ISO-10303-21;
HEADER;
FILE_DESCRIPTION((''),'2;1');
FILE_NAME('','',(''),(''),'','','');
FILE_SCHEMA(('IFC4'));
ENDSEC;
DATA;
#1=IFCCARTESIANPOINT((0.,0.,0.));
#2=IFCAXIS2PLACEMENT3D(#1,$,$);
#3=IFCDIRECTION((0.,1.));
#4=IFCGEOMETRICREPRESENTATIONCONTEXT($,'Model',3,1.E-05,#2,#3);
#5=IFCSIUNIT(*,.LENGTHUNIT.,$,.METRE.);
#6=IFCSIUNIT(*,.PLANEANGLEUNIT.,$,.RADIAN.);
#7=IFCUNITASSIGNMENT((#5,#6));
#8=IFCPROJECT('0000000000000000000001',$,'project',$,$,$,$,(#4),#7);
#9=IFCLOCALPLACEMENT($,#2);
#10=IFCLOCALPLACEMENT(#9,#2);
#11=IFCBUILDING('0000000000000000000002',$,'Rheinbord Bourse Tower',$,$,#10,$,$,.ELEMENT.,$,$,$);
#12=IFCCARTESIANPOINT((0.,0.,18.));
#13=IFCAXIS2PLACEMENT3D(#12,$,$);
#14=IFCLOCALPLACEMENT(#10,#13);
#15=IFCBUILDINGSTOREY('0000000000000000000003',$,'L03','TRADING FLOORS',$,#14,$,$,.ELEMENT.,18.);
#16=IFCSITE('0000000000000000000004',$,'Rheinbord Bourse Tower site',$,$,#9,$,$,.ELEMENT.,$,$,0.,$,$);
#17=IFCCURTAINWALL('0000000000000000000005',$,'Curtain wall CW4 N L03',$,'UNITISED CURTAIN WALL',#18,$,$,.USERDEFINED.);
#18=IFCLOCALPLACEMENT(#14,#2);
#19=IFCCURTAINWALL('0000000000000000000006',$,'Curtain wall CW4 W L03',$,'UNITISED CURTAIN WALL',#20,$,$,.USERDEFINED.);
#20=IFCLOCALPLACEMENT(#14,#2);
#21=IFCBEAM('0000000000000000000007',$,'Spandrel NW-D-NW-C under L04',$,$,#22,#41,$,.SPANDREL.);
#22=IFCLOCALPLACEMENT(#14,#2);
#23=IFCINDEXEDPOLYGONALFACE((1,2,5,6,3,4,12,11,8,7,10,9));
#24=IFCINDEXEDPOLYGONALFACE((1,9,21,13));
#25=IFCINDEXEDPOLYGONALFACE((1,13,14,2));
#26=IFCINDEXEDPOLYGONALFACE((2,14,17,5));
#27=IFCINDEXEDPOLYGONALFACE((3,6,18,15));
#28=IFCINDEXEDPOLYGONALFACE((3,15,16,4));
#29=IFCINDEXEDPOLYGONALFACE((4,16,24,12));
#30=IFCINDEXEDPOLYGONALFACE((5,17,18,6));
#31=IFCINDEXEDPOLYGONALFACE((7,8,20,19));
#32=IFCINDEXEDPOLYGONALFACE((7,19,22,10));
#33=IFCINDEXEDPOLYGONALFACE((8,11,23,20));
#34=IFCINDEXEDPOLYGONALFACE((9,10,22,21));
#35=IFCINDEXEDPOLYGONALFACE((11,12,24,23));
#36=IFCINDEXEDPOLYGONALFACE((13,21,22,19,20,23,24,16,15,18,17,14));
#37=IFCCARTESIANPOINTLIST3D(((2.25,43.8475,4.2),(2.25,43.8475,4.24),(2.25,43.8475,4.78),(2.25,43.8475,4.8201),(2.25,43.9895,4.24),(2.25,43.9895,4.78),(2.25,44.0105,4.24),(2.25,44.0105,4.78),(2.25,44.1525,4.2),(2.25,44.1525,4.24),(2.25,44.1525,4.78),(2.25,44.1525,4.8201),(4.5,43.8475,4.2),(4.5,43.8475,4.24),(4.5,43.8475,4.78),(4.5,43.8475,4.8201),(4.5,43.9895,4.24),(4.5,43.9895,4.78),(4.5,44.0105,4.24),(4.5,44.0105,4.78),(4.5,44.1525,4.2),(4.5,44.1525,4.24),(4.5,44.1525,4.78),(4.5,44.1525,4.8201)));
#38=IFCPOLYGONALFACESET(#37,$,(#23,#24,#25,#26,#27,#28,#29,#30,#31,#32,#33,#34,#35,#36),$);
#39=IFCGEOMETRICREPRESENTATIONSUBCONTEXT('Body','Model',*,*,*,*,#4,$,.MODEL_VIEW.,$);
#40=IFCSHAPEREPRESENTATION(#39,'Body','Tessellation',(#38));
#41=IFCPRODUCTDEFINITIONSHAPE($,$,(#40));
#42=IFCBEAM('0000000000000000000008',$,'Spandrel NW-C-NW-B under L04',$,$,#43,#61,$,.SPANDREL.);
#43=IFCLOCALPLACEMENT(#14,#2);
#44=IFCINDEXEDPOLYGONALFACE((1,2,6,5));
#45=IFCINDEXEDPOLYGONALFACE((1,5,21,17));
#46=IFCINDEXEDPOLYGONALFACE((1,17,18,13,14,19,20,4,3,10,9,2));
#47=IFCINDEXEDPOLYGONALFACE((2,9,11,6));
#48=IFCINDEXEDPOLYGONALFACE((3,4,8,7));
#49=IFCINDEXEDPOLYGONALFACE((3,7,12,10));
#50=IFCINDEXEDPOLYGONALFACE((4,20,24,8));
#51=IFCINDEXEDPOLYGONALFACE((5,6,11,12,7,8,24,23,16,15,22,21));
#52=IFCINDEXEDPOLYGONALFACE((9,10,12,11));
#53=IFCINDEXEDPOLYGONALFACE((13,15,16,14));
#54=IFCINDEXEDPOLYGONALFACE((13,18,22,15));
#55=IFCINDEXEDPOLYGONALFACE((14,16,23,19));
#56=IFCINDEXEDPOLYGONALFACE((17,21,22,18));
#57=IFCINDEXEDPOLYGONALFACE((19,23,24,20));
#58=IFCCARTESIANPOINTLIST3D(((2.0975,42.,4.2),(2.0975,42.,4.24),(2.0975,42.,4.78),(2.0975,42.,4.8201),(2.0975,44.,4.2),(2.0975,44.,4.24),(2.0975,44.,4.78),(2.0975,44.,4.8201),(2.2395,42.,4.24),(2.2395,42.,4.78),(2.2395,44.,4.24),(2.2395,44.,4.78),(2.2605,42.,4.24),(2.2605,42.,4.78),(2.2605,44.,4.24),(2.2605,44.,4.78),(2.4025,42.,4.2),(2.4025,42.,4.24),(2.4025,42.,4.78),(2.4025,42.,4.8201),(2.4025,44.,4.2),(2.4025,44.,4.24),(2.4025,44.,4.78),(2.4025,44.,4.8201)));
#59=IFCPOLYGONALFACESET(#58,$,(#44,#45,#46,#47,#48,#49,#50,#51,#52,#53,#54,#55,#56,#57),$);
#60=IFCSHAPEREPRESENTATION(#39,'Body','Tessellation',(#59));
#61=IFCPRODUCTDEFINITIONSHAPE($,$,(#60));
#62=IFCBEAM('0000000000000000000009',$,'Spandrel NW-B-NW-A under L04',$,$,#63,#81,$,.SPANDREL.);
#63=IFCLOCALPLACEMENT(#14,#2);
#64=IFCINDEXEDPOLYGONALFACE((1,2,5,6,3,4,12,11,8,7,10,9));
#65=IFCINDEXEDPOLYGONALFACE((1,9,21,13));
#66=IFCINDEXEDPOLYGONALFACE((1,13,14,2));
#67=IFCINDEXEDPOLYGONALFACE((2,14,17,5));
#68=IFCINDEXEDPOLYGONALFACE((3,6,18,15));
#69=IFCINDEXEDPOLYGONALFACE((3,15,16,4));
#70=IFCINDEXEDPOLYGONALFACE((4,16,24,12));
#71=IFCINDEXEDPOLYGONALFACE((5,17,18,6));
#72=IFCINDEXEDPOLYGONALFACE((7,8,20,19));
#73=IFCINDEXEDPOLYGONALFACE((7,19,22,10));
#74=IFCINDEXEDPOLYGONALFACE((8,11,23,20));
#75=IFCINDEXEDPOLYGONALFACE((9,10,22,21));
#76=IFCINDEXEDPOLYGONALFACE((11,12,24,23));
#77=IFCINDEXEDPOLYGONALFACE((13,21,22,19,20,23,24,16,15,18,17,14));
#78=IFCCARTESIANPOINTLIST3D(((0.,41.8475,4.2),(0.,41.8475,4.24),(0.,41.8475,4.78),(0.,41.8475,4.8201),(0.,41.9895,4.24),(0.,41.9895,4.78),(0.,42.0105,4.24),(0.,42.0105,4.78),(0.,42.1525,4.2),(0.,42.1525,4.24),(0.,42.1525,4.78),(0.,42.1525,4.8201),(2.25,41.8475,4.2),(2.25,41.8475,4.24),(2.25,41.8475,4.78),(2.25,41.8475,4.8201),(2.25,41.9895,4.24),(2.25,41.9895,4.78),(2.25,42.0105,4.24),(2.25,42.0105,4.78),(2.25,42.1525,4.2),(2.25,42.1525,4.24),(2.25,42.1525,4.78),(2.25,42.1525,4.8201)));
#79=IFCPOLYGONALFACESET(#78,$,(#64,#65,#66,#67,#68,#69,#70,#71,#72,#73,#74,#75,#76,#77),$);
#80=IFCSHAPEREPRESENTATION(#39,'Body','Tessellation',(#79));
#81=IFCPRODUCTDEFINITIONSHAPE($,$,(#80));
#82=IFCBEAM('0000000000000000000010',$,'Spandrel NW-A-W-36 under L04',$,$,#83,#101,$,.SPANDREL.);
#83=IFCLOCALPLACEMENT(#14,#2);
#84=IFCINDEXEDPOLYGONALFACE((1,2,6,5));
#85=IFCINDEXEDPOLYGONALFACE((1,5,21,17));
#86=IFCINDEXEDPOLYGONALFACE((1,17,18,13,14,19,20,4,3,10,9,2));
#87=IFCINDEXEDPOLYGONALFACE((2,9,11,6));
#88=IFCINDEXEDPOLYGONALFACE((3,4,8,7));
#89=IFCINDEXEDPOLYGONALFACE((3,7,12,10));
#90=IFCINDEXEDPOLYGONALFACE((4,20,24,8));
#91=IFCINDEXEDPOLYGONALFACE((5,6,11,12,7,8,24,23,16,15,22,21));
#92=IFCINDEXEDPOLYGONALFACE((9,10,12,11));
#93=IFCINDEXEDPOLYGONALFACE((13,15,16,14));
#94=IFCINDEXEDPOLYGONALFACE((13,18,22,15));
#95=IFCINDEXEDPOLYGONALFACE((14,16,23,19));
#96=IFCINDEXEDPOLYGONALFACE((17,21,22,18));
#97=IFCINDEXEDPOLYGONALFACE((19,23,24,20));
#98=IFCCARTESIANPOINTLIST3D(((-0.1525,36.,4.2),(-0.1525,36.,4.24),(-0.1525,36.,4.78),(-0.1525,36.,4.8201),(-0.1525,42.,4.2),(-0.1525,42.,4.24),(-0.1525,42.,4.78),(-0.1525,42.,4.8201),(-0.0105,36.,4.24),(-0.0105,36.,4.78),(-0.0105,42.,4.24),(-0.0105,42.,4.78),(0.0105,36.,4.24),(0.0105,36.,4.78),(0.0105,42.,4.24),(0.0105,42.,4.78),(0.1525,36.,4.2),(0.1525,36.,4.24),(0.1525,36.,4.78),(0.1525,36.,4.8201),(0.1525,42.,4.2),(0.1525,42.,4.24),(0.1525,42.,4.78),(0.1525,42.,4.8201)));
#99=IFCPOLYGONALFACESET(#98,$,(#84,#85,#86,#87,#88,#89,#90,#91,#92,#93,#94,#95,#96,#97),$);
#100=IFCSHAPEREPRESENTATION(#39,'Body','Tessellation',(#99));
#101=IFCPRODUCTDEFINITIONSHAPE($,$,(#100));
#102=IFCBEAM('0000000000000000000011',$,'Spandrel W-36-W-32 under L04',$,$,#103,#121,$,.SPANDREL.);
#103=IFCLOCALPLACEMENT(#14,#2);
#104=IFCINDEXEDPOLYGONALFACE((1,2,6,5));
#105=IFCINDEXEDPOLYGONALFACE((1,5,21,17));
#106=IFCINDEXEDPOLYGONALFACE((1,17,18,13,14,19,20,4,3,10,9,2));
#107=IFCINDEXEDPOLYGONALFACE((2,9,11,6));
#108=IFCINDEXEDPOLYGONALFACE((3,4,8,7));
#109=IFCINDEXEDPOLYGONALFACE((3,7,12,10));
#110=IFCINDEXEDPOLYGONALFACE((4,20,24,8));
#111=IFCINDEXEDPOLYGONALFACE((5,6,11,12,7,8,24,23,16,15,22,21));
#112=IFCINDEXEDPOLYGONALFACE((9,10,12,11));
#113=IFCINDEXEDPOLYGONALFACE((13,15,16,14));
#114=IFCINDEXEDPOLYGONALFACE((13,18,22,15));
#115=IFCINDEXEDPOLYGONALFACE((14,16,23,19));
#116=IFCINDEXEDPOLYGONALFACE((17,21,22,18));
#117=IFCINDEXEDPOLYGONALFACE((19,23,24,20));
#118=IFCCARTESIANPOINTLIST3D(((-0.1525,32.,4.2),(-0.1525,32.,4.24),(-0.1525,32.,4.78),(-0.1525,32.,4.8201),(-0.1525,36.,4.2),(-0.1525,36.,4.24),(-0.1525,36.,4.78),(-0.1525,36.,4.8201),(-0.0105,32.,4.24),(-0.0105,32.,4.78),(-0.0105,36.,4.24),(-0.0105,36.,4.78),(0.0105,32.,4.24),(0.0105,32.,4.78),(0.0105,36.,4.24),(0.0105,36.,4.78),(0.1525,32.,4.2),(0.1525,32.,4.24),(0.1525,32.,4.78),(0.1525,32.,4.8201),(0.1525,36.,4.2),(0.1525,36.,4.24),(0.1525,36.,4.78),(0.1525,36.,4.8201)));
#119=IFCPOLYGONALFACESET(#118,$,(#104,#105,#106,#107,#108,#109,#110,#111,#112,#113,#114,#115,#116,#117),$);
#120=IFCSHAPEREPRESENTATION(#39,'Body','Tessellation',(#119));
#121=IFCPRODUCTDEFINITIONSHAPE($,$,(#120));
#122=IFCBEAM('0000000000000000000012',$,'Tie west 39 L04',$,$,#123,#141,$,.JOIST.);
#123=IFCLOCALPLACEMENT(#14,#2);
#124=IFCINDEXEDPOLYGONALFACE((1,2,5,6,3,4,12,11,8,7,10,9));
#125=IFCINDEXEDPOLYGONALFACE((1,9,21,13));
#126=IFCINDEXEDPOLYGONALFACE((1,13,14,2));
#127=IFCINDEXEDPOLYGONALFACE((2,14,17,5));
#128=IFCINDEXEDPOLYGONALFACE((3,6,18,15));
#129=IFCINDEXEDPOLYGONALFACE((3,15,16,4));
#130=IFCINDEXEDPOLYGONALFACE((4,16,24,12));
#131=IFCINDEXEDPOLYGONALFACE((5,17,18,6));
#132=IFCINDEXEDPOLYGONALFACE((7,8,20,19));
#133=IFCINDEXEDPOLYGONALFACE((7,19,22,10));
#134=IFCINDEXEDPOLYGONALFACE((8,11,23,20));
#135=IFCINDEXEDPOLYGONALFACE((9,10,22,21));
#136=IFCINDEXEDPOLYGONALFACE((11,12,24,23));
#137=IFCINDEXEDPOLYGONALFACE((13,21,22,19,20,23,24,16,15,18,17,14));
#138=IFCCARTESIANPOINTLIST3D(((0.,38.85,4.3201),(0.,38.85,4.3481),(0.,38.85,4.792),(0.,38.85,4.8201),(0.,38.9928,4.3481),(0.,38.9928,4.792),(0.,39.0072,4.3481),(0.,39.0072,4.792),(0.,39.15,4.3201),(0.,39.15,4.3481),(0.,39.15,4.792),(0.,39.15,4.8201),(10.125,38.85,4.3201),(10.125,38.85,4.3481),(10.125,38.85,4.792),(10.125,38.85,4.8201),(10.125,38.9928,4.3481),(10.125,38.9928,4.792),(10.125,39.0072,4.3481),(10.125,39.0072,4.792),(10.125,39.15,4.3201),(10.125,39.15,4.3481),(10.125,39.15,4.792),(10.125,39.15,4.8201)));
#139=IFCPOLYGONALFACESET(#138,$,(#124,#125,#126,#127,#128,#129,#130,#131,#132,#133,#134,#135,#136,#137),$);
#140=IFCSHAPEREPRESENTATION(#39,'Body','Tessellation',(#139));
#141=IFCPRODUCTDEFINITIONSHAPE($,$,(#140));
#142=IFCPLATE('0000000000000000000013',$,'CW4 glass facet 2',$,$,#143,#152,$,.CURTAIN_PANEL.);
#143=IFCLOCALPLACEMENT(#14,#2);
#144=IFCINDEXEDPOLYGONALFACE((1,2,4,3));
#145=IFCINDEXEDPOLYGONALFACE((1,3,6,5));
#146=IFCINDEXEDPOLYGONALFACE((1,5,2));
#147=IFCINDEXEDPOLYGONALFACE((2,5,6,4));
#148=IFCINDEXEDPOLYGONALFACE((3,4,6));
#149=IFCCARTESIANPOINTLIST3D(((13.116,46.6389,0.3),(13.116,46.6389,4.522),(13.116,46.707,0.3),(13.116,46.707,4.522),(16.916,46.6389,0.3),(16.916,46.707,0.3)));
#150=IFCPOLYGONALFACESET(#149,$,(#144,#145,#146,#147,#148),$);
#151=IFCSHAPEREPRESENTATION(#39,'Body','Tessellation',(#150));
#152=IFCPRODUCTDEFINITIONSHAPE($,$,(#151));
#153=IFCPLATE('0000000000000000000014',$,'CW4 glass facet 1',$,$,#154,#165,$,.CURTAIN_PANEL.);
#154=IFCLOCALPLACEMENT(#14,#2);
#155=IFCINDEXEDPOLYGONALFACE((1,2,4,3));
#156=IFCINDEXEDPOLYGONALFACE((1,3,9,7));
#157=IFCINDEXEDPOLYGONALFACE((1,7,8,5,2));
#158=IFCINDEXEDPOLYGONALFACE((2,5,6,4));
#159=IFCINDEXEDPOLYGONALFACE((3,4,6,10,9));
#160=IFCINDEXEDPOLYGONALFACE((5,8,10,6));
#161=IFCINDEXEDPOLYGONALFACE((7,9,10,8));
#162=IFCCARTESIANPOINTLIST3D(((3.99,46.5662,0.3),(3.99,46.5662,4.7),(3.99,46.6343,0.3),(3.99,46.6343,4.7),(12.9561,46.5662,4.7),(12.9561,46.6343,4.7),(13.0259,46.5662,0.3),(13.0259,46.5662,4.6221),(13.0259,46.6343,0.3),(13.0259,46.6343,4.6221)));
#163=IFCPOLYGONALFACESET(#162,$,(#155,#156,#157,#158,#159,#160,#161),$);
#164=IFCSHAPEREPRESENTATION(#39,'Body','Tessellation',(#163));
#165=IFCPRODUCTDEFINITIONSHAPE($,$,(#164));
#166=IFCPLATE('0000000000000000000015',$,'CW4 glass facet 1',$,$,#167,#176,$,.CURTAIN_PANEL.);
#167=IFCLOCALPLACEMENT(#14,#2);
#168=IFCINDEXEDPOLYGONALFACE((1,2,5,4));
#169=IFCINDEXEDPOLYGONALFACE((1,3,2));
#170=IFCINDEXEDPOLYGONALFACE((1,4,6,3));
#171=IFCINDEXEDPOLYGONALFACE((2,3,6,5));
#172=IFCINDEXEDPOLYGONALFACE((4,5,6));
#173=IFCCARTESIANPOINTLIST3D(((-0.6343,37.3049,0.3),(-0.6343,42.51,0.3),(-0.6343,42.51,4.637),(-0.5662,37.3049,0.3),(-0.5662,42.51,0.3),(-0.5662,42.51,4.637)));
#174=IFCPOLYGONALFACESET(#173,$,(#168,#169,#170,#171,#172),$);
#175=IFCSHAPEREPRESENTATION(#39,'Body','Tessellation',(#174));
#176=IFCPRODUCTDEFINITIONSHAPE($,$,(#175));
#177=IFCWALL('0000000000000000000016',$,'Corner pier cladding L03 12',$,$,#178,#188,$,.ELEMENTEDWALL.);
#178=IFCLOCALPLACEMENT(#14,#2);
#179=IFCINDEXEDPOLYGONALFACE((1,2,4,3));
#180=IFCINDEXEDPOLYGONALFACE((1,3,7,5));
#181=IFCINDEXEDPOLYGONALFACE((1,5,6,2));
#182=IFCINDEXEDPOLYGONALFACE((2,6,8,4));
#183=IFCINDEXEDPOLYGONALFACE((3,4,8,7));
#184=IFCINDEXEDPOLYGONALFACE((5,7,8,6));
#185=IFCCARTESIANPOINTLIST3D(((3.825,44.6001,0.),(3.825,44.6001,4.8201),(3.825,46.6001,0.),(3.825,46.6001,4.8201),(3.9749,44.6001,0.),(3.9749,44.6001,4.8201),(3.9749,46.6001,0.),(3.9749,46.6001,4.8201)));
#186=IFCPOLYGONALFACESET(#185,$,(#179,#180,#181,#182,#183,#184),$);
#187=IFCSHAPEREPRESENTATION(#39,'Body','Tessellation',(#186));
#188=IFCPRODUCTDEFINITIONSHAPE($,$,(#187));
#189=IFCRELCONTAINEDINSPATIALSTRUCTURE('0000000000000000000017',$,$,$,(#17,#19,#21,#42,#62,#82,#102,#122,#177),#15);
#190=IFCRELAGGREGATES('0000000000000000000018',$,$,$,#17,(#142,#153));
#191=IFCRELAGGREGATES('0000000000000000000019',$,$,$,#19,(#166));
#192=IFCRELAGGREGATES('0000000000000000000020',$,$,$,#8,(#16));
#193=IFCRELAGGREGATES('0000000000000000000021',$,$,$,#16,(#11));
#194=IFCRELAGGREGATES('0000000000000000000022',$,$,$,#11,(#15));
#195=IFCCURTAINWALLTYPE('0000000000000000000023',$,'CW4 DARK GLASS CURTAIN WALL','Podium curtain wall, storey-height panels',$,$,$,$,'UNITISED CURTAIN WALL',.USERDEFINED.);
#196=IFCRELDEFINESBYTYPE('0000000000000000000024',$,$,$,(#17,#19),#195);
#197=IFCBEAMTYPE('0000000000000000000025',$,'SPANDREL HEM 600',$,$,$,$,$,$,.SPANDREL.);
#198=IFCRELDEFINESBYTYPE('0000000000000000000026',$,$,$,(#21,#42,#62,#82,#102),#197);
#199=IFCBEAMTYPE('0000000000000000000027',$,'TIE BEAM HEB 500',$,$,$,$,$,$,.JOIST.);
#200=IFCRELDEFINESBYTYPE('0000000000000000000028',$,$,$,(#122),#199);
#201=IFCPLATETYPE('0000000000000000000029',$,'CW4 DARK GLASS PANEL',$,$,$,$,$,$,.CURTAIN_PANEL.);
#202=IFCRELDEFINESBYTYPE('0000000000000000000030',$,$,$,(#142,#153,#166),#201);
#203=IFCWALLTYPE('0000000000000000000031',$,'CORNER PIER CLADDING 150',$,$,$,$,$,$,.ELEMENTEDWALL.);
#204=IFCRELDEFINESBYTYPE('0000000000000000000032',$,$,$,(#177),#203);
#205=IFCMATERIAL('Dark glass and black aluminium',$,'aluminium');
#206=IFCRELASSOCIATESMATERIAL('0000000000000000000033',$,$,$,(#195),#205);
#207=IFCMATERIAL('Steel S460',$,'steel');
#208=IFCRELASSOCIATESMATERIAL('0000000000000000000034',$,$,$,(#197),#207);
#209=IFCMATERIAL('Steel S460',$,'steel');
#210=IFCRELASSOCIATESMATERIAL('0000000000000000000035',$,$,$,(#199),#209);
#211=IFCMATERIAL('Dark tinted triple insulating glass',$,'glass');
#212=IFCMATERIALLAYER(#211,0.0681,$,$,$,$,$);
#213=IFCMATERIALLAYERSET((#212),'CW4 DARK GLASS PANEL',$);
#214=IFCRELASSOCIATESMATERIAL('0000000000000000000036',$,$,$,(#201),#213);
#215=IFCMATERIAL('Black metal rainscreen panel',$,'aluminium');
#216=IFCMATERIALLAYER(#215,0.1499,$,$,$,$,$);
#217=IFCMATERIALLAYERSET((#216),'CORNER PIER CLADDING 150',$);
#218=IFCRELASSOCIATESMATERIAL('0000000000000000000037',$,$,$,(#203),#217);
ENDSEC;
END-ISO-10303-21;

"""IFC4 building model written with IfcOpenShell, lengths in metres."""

from ifc_helpers import new_model, si_unit, direction, frame, frame_2d, origin, origin_2d, place, context, subcontext, project, spatial, polyline, rectangle, i_section, outline, extrude, material, layer, layer_set, material_profile, profile_set, type_object, element, aggregate, save


model = new_model("IFC4")

# Units and contexts
model_context = context("Model", 3, precision=1e-05, world=origin(), true_north=direction((0.0, 1.0)))
body_context = subcontext(model_context, "Body", "Model", "MODEL_VIEW")
ifc_project = project(units=[si_unit("LENGTHUNIT", "METRE"), si_unit("PLANEANGLEUNIT", "RADIAN")], contexts=[model_context])

# Site, building, storey
site_placement = place(None, origin())
site = spatial("IfcSite", under=ifc_project, at=site_placement, Name="Rheinbord Bourse Tower site", CompositionType="ELEMENT", RefElevation=0.0)
building_placement = place(site_placement, origin())
building = spatial("IfcBuilding", under=site, at=building_placement, Name="Rheinbord Bourse Tower", CompositionType="ELEMENT")
storey_placement = place(building_placement, frame((0.0, 0.0, 18.0)))
storey = spatial("IfcBuildingStorey", under=building, at=storey_placement, Name="L03", Description="TRADING FLOORS", CompositionType="ELEMENT", Elevation=18.0)

# Curtain wall
ifc_material_1 = material(Name="Dark glass and black aluminium", Category="aluminium")
curtain_wall_type = type_object("IfcCurtainWallType", Name="CW4 DARK GLASS CURTAIN WALL", Description="Podium curtain wall, storey-height panels", ElementType="UNITISED CURTAIN WALL", PredefinedType="USERDEFINED", material=ifc_material_1)
curtain_wall_1_placement = place(storey_placement, origin())
curtain_wall_1 = element("IfcCurtainWall", 1, at=curtain_wall_1_placement, inside=storey, type_object=curtain_wall_type, Name="Curtain wall CW4 N L03", ObjectType="UNITISED CURTAIN WALL", PredefinedType="USERDEFINED")

# Curtain wall
curtain_wall_2_placement = place(storey_placement, origin())
curtain_wall_2 = element("IfcCurtainWall", 2, at=curtain_wall_2_placement, inside=storey, type_object=curtain_wall_type, Name="Curtain wall CW4 W L03", ObjectType="UNITISED CURTAIN WALL", PredefinedType="USERDEFINED")

# Beams
ifc_material_2 = material(Name="Steel S460", Category="steel")
ifc_material_profile_1 = material_profile(ifc_material_2, i_section(OverallWidth=0.3049, OverallDepth=0.6201, WebThickness=0.021, FlangeThickness=0.04, at=origin_2d()), Name="HEM 600")
ifc_profile_set_1 = profile_set([ifc_material_profile_1], Name="Steel S460")
beam_type_1 = type_object("IfcBeamType", Name="SPANDREL HEM 600", PredefinedType="SPANDREL", material=ifc_profile_set_1)
beam_1_placement = place(storey_placement, frame((4.5, 44.0, 4.51), z_axis=(-1.0, 0.0, 0.0), x_axis=(0.0, -1.0, 0.0)))
element("IfcBeam", 3, at=beam_1_placement, inside=storey, type_object=beam_type_1, Name="Spandrel NW-D-NW-C under L04", PredefinedType="SPANDREL", context=body_context, shape_type="SweptSolid", body=[
    extrude(i_section(OverallWidth=0.3049, OverallDepth=0.6201, WebThickness=0.021, FlangeThickness=0.04, at=origin_2d()), origin(), (0.0, 0.0, 1.0), 2.25),
])
beam_2_placement = place(storey_placement, frame((2.25, 44.0, 4.51), z_axis=(0.0, -1.0, 0.0), x_axis=(1.0, 0.0, 0.0)))
element("IfcBeam", 4, at=beam_2_placement, inside=storey, type_object=beam_type_1, Name="Spandrel NW-C-NW-B under L04", PredefinedType="SPANDREL", context=body_context, shape_type="SweptSolid", body=[
    extrude(i_section(OverallWidth=0.3049, OverallDepth=0.6201, WebThickness=0.021, FlangeThickness=0.04, at=origin_2d()), origin(), (0.0, 0.0, 1.0), 2.0),
])
beam_3_placement = place(storey_placement, frame((2.25, 42.0, 4.51), z_axis=(-1.0, 0.0, 0.0), x_axis=(0.0, -1.0, 0.0)))
element("IfcBeam", 5, at=beam_3_placement, inside=storey, type_object=beam_type_1, Name="Spandrel NW-B-NW-A under L04", PredefinedType="SPANDREL", context=body_context, shape_type="SweptSolid", body=[
    extrude(i_section(OverallWidth=0.3049, OverallDepth=0.6201, WebThickness=0.021, FlangeThickness=0.04, at=origin_2d()), origin(), (0.0, 0.0, 1.0), 2.25),
])
beam_4_placement = place(storey_placement, frame((0.0, 42.0, 4.51), z_axis=(0.0, -1.0, 0.0), x_axis=(1.0, 0.0, 0.0)))
element("IfcBeam", 6, at=beam_4_placement, inside=storey, type_object=beam_type_1, Name="Spandrel NW-A-W-36 under L04", PredefinedType="SPANDREL", context=body_context, shape_type="SweptSolid", body=[
    extrude(i_section(OverallWidth=0.3049, OverallDepth=0.6201, WebThickness=0.021, FlangeThickness=0.04, at=origin_2d()), origin(), (0.0, 0.0, 1.0), 6.0),
])
beam_5_placement = place(storey_placement, frame((0.0, 36.0, 4.51), z_axis=(0.0, -1.0, 0.0), x_axis=(1.0, 0.0, 0.0)))
element("IfcBeam", 7, at=beam_5_placement, inside=storey, type_object=beam_type_1, Name="Spandrel W-36-W-32 under L04", PredefinedType="SPANDREL", context=body_context, shape_type="SweptSolid", body=[
    extrude(i_section(OverallWidth=0.3049, OverallDepth=0.6201, WebThickness=0.021, FlangeThickness=0.04, at=origin_2d()), origin(), (0.0, 0.0, 1.0), 4.0),
])
ifc_material_3 = material(Name="Steel S460", Category="steel")
ifc_material_profile_2 = material_profile(ifc_material_3, i_section(OverallWidth=0.3, OverallDepth=0.5, WebThickness=0.0144, FlangeThickness=0.0281, at=origin_2d()), Name="HEB 500")
ifc_profile_set_2 = profile_set([ifc_material_profile_2], Name="Steel S460")
beam_type_2 = type_object("IfcBeamType", Name="TIE BEAM HEB 500", PredefinedType="JOIST", material=ifc_profile_set_2)
beam_6_placement = place(storey_placement, frame((0.0, 39.0, 4.5701), z_axis=(1.0, 0.0, 0.0), x_axis=(0.0, 1.0, 0.0)))
element("IfcBeam", 8, at=beam_6_placement, inside=storey, type_object=beam_type_2, Name="Tie west 39 L04", PredefinedType="JOIST", context=body_context, shape_type="SweptSolid", body=[
    extrude(i_section(OverallWidth=0.3, OverallDepth=0.5, WebThickness=0.0144, FlangeThickness=0.0281, at=origin_2d()), origin(), (0.0, 0.0, 1.0), 10.125),
])

# Plates
ifc_material_4 = material(Name="Dark tinted triple insulating glass", Category="glass")
ifc_layer_1 = layer(ifc_material_4, 0.0681)
ifc_layer_set_1 = layer_set([ifc_layer_1], Name="CW4 DARK GLASS PANEL")
plate_type = type_object("IfcPlateType", Name="CW4 DARK GLASS PANEL", PredefinedType="CURTAIN_PANEL", material=ifc_layer_set_1)
plate_1_placement = place(storey_placement, frame((13.116, 46.707, 0.3), z_axis=(0.0, -1.0, 0.0), x_axis=(1.0, 0.0, 0.0)))
plate_1 = element("IfcPlate", 9, at=plate_1_placement, type_object=plate_type, Name="CW4 glass facet 2", PredefinedType="CURTAIN_PANEL", context=body_context, shape_type="SweptSolid", body=[
    extrude(outline(polyline([(0.0, 0.0), (3.8, 0.0), (0.0, 4.2219), (0.0, 0.0)])), origin(), (0.0, 0.0, 1.0), 0.0681),
])
plate_2_placement = place(storey_placement, frame((3.99, 46.6343, 4.7), z_axis=(0.0, -1.0, 0.0), x_axis=(0.0, 0.0, -1.0)))
plate_2 = element("IfcPlate", 10, at=plate_2_placement, type_object=plate_type, Name="CW4 glass facet 1", PredefinedType="CURTAIN_PANEL", context=body_context, shape_type="SweptSolid", body=[
    extrude(outline(polyline([(0.0, 0.0), (4.3999, 0.0), (4.3999, 9.0359), (0.0779, 9.0359), (0.0, 8.9661), (0.0, 0.0)])), origin(), (0.0, 0.0, 1.0), 0.0681),
])
aggregate(curtain_wall_1, [plate_1, plate_2])
plate_3_placement = place(storey_placement, frame((-0.6343, 42.51, 0.3), z_axis=(1.0, 0.0, 0.0), x_axis=(0.0, 0.0, 1.0)))
plate_3 = element("IfcPlate", 11, at=plate_3_placement, type_object=plate_type, Name="CW4 glass facet 1", PredefinedType="CURTAIN_PANEL", context=body_context, shape_type="SweptSolid", body=[
    extrude(outline(polyline([(0.0, 0.0), (4.3369, 0.0), (0.0, 5.2051), (0.0, 0.0)])), origin(), (0.0, 0.0, 1.0), 0.0681),
])
aggregate(curtain_wall_2, [plate_3])

# Wall
ifc_material_5 = material(Name="Black metal rainscreen panel", Category="aluminium")
ifc_layer_2 = layer(ifc_material_5, 0.1499)
ifc_layer_set_2 = layer_set([ifc_layer_2], Name="CORNER PIER CLADDING 150")
wall_type_1 = type_object("IfcWallType", Name="CORNER PIER CLADDING 150", PredefinedType="ELEMENTEDWALL", material=ifc_layer_set_2)
wall_1_placement = place(storey_placement, frame((3.8999, 46.6001, 0.0), z_axis=(0.0, 0.0, 1.0), x_axis=(0.0, -1.0, 0.0)))
element("IfcWall", 12, at=wall_1_placement, inside=storey, type_object=wall_type_1, Name="Corner pier cladding L03 12", PredefinedType="ELEMENTEDWALL", context=body_context, shape_type="SweptSolid", body=[
    extrude(rectangle(XDim=2.0, YDim=0.1499, at=frame_2d((1.0, 0.0))), origin(), (0.0, 0.0, 1.0), 4.8201),
])

save(model, "model.ifc")
